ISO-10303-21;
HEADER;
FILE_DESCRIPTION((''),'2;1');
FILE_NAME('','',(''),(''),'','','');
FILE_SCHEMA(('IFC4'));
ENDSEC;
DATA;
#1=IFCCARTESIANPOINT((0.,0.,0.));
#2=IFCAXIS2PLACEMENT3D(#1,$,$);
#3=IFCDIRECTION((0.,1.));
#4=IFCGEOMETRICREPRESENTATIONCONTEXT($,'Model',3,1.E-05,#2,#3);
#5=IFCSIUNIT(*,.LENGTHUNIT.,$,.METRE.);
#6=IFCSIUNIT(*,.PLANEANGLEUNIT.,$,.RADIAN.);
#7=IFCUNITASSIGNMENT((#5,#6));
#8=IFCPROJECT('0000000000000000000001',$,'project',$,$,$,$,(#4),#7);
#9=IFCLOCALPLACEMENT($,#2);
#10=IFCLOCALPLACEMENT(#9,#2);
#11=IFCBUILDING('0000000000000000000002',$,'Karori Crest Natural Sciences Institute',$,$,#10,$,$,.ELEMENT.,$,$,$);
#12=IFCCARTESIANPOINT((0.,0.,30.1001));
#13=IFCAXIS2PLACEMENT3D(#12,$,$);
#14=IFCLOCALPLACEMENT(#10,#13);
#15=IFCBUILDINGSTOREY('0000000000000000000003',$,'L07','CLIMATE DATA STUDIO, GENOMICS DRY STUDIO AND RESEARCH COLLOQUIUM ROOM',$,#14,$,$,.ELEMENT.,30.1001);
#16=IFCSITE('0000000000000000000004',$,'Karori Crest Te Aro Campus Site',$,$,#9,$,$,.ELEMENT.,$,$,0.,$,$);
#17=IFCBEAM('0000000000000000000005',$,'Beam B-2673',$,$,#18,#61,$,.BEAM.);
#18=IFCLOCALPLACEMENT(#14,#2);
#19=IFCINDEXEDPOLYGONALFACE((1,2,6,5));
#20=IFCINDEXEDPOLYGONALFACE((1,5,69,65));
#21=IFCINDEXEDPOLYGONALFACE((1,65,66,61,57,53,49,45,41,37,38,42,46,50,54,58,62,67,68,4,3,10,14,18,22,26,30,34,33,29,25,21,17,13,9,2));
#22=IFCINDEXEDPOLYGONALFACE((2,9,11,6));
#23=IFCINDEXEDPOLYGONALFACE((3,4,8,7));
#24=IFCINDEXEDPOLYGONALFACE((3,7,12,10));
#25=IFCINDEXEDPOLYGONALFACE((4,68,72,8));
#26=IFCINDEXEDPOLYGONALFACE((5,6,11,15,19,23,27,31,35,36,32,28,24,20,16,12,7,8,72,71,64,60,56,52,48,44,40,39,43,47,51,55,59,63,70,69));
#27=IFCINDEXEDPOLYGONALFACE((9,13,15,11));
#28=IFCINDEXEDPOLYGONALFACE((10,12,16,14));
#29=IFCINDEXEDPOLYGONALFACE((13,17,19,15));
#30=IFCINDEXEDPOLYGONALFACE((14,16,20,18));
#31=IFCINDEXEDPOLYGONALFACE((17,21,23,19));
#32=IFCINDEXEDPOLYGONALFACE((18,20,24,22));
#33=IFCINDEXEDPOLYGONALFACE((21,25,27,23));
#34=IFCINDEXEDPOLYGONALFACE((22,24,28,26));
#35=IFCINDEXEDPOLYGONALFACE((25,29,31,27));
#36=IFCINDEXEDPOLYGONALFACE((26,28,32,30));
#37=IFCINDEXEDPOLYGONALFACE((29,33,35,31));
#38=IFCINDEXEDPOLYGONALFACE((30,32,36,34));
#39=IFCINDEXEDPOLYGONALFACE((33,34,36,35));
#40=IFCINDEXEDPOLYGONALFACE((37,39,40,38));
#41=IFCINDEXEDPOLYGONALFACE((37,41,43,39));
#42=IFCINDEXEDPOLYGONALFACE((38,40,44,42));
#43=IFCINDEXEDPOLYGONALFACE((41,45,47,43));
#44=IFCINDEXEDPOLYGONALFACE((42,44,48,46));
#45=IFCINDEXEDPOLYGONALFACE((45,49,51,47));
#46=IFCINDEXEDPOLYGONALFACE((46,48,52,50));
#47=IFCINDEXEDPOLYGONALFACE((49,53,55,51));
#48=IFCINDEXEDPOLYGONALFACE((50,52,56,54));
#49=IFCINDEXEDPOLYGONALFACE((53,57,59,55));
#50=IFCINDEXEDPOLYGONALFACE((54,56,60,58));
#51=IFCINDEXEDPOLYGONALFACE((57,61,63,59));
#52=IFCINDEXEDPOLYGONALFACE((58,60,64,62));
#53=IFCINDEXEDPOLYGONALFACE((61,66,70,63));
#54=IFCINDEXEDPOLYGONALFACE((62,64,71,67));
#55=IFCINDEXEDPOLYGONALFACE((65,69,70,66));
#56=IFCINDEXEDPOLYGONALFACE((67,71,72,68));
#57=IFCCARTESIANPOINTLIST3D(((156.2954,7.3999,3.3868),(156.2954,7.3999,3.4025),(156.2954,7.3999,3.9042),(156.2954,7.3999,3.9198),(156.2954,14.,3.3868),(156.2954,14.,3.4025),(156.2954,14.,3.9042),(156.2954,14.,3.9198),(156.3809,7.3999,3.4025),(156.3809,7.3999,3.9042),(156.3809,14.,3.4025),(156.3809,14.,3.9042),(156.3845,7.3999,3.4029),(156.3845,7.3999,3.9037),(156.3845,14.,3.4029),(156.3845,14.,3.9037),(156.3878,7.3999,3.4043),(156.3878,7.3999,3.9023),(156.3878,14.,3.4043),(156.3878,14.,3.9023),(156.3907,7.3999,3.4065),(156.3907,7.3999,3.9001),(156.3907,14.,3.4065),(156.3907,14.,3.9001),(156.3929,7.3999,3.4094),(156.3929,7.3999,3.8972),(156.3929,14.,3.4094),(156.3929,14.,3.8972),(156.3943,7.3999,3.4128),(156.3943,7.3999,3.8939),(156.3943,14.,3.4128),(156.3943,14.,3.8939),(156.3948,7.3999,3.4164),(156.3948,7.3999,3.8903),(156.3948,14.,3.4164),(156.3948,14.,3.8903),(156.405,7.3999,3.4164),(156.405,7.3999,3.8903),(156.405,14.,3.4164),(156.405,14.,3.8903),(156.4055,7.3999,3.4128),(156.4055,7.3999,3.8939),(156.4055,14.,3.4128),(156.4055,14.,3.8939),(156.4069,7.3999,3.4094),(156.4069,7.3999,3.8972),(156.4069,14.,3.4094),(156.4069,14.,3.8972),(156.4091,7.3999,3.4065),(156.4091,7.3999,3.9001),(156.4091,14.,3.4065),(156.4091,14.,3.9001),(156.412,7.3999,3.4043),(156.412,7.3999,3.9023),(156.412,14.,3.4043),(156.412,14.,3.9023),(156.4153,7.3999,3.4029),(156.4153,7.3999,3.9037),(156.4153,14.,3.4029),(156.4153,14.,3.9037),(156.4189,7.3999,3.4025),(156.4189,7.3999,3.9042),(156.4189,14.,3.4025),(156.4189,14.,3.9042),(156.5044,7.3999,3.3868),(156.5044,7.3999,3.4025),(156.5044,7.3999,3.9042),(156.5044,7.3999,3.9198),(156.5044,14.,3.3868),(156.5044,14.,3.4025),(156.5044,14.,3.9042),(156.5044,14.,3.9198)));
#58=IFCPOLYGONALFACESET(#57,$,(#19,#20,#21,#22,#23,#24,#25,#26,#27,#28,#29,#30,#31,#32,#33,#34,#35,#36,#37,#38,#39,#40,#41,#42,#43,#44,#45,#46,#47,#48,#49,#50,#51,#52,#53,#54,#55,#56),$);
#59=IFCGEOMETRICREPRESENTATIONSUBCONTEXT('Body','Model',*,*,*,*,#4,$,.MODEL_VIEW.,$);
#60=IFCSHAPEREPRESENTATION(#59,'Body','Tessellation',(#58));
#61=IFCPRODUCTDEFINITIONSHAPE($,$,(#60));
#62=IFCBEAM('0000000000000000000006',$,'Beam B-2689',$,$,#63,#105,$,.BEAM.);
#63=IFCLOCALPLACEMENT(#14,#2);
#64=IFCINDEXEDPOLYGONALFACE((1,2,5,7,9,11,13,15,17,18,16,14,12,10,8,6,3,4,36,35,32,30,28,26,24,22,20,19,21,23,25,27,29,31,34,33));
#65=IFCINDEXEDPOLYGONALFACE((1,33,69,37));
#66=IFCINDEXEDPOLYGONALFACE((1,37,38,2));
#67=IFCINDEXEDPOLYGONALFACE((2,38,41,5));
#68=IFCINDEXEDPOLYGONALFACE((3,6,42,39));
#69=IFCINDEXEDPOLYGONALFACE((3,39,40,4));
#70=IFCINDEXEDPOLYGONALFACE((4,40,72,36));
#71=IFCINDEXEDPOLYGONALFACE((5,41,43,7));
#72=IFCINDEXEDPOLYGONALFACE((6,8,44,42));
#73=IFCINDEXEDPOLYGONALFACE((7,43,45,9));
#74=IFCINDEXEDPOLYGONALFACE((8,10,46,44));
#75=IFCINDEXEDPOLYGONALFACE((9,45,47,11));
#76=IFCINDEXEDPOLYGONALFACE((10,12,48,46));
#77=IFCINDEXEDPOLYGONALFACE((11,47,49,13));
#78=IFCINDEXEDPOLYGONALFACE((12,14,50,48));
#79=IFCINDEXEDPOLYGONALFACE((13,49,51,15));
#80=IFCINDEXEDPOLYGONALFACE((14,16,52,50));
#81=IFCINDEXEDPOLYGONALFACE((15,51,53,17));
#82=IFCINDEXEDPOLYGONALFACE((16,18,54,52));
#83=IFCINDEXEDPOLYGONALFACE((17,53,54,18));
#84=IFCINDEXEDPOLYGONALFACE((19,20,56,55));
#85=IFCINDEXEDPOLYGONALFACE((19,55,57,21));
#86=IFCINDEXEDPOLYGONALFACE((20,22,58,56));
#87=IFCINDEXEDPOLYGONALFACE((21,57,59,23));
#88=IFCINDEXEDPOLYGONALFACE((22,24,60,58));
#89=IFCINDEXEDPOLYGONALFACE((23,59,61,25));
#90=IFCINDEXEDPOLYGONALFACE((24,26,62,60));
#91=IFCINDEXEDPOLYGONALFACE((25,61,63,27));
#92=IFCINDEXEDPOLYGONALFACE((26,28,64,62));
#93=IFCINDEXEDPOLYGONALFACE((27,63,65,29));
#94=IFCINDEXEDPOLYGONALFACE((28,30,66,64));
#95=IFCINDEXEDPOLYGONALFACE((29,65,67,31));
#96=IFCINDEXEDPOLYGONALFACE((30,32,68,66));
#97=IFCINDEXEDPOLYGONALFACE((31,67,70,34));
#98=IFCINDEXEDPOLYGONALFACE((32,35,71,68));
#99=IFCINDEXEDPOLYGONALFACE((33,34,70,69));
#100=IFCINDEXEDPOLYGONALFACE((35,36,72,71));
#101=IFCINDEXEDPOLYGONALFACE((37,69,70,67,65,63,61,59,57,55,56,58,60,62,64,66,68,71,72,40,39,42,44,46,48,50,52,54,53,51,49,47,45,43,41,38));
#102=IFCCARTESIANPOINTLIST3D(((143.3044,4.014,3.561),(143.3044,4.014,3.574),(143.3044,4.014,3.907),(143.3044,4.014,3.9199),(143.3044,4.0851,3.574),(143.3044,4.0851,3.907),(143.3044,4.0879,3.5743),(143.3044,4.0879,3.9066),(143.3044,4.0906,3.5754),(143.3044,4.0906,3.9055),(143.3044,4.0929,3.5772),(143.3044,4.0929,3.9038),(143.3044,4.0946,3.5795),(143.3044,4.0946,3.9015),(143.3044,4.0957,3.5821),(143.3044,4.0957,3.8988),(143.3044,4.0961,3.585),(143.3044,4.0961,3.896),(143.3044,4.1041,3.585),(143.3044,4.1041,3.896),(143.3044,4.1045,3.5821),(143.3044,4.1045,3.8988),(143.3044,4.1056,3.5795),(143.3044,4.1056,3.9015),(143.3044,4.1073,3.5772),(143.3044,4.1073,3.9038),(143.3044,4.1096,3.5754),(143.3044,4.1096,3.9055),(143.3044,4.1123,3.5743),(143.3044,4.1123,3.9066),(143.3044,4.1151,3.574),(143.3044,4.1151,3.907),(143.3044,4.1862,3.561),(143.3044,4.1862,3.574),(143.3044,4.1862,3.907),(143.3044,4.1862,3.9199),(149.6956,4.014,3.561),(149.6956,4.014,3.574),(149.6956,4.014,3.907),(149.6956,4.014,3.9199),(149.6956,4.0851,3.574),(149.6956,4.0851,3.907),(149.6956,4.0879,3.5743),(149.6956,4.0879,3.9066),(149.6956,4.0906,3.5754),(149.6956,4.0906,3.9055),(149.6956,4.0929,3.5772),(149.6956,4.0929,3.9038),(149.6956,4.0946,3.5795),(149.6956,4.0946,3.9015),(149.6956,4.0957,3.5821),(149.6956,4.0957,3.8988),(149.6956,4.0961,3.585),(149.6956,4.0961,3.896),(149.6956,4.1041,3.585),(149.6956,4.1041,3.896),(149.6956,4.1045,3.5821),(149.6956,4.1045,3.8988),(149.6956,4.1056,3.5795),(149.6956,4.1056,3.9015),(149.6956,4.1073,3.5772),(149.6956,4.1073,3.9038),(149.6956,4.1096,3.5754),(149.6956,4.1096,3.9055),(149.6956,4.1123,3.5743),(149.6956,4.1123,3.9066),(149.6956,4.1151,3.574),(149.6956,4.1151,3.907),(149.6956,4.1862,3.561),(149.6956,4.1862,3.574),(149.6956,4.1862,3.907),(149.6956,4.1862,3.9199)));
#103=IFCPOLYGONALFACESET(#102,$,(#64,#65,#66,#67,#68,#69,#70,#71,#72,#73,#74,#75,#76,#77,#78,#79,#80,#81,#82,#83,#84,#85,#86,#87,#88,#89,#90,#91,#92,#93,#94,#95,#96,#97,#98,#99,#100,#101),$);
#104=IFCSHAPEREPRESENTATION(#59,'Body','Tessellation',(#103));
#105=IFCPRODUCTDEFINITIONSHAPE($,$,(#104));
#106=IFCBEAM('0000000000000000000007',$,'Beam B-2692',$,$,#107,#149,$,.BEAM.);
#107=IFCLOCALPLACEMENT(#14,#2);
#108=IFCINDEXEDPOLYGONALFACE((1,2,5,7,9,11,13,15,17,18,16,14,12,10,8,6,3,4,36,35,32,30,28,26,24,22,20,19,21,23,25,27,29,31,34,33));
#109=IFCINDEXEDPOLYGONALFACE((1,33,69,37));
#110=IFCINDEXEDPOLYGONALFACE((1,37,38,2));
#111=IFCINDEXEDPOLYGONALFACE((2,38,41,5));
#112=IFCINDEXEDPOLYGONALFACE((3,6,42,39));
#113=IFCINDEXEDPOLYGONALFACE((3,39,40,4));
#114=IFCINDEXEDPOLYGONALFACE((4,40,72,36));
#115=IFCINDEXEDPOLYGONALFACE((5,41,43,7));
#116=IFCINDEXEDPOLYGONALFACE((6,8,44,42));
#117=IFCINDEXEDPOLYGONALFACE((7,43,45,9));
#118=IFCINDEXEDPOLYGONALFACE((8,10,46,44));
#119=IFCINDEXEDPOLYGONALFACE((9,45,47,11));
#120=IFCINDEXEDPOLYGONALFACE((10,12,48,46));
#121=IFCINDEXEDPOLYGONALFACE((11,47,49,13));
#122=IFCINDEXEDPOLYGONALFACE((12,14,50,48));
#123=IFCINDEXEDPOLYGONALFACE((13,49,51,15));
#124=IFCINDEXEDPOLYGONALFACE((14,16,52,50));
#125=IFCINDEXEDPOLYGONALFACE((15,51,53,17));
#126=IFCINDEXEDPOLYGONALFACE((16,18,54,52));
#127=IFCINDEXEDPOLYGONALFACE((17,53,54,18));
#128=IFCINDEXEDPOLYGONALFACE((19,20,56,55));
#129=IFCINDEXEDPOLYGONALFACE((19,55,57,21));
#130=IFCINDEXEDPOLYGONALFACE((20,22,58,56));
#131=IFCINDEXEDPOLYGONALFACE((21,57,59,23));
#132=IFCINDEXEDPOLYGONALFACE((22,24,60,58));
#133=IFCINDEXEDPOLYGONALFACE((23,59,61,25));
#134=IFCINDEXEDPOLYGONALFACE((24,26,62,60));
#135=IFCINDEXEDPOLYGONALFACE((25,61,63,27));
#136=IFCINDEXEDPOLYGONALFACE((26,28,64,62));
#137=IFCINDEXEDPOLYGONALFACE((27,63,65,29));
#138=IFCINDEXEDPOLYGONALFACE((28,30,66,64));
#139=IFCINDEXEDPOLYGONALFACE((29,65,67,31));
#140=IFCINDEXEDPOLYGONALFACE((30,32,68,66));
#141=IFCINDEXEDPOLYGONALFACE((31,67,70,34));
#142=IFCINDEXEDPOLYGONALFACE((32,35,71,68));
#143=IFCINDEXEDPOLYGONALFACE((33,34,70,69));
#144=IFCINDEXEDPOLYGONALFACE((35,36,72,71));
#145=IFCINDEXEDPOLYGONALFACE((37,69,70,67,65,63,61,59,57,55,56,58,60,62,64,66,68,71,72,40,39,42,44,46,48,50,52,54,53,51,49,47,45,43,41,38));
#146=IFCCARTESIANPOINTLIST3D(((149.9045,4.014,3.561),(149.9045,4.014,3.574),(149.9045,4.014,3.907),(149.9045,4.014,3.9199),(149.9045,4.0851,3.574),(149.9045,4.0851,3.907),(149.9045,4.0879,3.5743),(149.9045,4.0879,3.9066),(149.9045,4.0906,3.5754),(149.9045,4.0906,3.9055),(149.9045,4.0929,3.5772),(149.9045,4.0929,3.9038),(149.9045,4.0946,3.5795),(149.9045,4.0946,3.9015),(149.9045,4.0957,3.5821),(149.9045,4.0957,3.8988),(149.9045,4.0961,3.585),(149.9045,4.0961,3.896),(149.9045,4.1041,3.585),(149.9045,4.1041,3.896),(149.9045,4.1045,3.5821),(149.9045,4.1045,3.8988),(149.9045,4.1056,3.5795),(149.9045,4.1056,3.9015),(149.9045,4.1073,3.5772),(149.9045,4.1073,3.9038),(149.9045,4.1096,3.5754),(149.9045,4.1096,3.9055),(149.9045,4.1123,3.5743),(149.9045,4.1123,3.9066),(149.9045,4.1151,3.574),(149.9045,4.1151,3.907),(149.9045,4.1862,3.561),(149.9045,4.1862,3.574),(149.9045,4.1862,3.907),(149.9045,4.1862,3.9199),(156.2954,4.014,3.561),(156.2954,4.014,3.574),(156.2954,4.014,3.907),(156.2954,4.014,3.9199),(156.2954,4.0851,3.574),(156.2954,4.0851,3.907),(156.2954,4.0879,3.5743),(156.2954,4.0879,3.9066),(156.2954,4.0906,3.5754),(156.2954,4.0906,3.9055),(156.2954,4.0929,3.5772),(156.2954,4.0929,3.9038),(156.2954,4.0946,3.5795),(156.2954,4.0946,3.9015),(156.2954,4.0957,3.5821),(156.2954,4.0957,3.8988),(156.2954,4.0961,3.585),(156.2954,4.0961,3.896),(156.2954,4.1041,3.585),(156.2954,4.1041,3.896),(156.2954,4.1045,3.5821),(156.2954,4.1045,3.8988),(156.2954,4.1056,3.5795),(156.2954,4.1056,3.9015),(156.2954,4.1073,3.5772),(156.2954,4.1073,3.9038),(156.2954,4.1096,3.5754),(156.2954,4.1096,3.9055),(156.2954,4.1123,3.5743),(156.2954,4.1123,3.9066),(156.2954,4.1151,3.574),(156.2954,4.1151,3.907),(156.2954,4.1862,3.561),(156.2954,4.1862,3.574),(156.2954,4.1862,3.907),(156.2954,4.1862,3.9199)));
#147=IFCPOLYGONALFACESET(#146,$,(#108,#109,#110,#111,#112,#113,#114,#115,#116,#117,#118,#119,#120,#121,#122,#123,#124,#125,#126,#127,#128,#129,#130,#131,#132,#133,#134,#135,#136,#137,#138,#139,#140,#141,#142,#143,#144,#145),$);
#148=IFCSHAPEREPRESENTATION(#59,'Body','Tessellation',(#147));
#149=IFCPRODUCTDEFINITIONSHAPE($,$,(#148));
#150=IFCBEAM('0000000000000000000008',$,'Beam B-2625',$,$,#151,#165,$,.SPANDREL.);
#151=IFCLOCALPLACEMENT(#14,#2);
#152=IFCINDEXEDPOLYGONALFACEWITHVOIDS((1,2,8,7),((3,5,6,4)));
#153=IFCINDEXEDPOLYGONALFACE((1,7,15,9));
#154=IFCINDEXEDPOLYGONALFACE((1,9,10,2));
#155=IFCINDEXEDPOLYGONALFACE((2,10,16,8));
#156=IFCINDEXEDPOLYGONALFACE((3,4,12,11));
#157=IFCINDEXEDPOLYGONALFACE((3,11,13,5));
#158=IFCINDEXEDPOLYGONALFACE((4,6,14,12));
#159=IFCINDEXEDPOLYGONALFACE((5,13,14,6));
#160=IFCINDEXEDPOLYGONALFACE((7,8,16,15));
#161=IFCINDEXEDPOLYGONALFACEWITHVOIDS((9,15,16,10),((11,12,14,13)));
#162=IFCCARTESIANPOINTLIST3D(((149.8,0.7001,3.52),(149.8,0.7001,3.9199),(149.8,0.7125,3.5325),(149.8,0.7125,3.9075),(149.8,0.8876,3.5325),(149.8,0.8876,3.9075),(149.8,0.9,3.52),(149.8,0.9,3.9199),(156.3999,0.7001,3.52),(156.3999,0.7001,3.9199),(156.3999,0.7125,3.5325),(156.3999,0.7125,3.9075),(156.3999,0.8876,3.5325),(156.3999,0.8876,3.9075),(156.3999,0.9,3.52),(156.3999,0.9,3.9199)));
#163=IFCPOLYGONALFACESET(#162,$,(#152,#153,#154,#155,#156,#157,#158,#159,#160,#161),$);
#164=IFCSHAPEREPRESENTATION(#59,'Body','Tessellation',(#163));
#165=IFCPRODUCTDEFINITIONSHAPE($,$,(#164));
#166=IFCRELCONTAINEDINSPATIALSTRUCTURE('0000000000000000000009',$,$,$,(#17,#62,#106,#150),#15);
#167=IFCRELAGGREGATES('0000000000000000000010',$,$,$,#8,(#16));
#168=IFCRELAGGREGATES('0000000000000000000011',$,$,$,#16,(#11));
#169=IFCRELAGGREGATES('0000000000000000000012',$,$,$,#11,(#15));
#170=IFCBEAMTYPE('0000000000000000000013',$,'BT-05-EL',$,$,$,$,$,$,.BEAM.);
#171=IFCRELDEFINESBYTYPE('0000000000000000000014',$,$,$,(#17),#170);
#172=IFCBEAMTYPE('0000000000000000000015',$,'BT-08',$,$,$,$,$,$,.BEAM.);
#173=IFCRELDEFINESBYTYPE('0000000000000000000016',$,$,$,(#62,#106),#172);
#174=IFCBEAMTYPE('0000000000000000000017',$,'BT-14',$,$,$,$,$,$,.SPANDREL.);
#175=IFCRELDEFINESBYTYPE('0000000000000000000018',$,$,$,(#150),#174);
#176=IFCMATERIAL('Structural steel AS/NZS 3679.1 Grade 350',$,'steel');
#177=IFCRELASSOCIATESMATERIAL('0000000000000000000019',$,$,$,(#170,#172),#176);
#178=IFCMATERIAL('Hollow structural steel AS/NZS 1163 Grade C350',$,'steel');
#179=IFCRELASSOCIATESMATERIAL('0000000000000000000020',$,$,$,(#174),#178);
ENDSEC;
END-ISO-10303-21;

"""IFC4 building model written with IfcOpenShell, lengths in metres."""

from ifc_helpers import new_model, si_unit, direction, frame, origin, origin_2d, place, context, subcontext, project, spatial, hollow_rectangle, i_section, extrude, material, material_profile, profile_set, type_object, element, save


model = new_model("IFC4")

# Units and contexts
model_context = context("Model", 3, precision=1e-05, world=origin(), true_north=direction((0.0, 1.0)))
body_context = subcontext(model_context, "Body", "Model", "MODEL_VIEW")
ifc_project = project(units=[si_unit("LENGTHUNIT", "METRE"), si_unit("PLANEANGLEUNIT", "RADIAN")], contexts=[model_context])

# Site, building, storey
site_placement = place(None, origin())
site = spatial("IfcSite", under=ifc_project, at=site_placement, Name="Karori Crest Te Aro Campus Site", CompositionType="ELEMENT", RefElevation=0.0)
building_placement = place(site_placement, origin())
building = spatial("IfcBuilding", under=site, at=building_placement, Name="Karori Crest Natural Sciences Institute", CompositionType="ELEMENT")
storey_placement = place(building_placement, frame((0.0, 0.0, 30.1001)))
storey = spatial("IfcBuildingStorey", under=building, at=storey_placement, Name="L07", Description="CLIMATE DATA STUDIO, GENOMICS DRY STUDIO AND RESEARCH COLLOQUIUM ROOM", CompositionType="ELEMENT", Elevation=30.1001)

# Shared definitions
ifc_material_1 = material(Name="Structural steel AS/NZS 3679.1 Grade 350", Category="steel")

# Beams
ifc_material_profile_1 = material_profile(ifc_material_1, i_section(OverallWidth=0.209, OverallDepth=0.533, WebThickness=0.0103, FlangeThickness=0.0156, FilletRadius=0.0139, at=origin_2d()), Name="530UB92.4")
ifc_profile_set_1 = profile_set([ifc_material_profile_1], Name="Structural steel AS/NZS 3679.1 Grade 350")
beam_type_1 = type_object("IfcBeamType", Name="BT-05-EL", PredefinedType="BEAM", material=ifc_profile_set_1)
beam_1_placement = place(storey_placement, frame((156.3999, 7.3999, 3.6533), z_axis=(0.0, 1.0, 0.0), x_axis=(-1.0, 0.0, 0.0)))
element("IfcBeam", 1, at=beam_1_placement, inside=storey, type_object=beam_type_1, Name="Beam B-2673", PredefinedType="BEAM", context=body_context, shape_type="SweptSolid", body=[
    extrude(i_section(OverallWidth=0.209, OverallDepth=0.533, WebThickness=0.0103, FlangeThickness=0.0156, FilletRadius=0.0139, at=origin_2d()), origin(), (0.0, 0.0, 1.0), 6.6001),
])
ifc_material_profile_2 = material_profile(ifc_material_1, i_section(OverallWidth=0.1721, OverallDepth=0.3589, WebThickness=0.0081, FlangeThickness=0.0129, FilletRadius=0.011, at=origin_2d()), Name="360UB56.7")
ifc_profile_set_2 = profile_set([ifc_material_profile_2], Name="Structural steel AS/NZS 3679.1 Grade 350")
beam_type_2 = type_object("IfcBeamType", Name="BT-08", PredefinedType="BEAM", material=ifc_profile_set_2)
beam_2_placement = place(storey_placement, frame((143.3044, 4.1001, 3.7405), z_axis=(1.0, 0.0, 0.0), x_axis=(0.0, 1.0, 0.0)))
element("IfcBeam", 2, at=beam_2_placement, inside=storey, type_object=beam_type_2, Name="Beam B-2689", PredefinedType="BEAM", context=body_context, shape_type="SweptSolid", body=[
    extrude(i_section(OverallWidth=0.1721, OverallDepth=0.3589, WebThickness=0.0081, FlangeThickness=0.0129, FilletRadius=0.011, at=origin_2d()), origin(), (0.0, 0.0, 1.0), 6.3911),
])
beam_3_placement = place(storey_placement, frame((149.9045, 4.1001, 3.7405), z_axis=(1.0, 0.0, 0.0), x_axis=(0.0, 1.0, 0.0)))
element("IfcBeam", 3, at=beam_3_placement, inside=storey, type_object=beam_type_2, Name="Beam B-2692", PredefinedType="BEAM", context=body_context, shape_type="SweptSolid", body=[
    extrude(i_section(OverallWidth=0.1721, OverallDepth=0.3589, WebThickness=0.0081, FlangeThickness=0.0129, FilletRadius=0.011, at=origin_2d()), origin(), (0.0, 0.0, 1.0), 6.3909),
])
ifc_material_2 = material(Name="Hollow structural steel AS/NZS 1163 Grade C350", Category="steel")
ifc_material_profile_3 = material_profile(ifc_material_2, hollow_rectangle(XDim=0.2, YDim=0.3999, WallThickness=0.0125, at=origin_2d()), Name="RHS400x200x12.5")
ifc_profile_set_3 = profile_set([ifc_material_profile_3], Name="Hollow structural steel AS/NZS 1163 Grade C350")
beam_type_3 = type_object("IfcBeamType", Name="BT-14", PredefinedType="SPANDREL", material=ifc_profile_set_3)
beam_4_placement = place(storey_placement, frame((149.8, 0.8, 3.72), z_axis=(1.0, 0.0, 0.0), x_axis=(0.0, 1.0, 0.0)))
element("IfcBeam", 4, at=beam_4_placement, inside=storey, type_object=beam_type_3, Name="Beam B-2625", PredefinedType="SPANDREL", context=body_context, shape_type="SweptSolid", body=[
    extrude(hollow_rectangle(XDim=0.2, YDim=0.3999, WallThickness=0.0125, at=origin_2d()), origin(), (0.0, 0.0, 1.0), 6.5999),
])

save(model, "model.ifc")
